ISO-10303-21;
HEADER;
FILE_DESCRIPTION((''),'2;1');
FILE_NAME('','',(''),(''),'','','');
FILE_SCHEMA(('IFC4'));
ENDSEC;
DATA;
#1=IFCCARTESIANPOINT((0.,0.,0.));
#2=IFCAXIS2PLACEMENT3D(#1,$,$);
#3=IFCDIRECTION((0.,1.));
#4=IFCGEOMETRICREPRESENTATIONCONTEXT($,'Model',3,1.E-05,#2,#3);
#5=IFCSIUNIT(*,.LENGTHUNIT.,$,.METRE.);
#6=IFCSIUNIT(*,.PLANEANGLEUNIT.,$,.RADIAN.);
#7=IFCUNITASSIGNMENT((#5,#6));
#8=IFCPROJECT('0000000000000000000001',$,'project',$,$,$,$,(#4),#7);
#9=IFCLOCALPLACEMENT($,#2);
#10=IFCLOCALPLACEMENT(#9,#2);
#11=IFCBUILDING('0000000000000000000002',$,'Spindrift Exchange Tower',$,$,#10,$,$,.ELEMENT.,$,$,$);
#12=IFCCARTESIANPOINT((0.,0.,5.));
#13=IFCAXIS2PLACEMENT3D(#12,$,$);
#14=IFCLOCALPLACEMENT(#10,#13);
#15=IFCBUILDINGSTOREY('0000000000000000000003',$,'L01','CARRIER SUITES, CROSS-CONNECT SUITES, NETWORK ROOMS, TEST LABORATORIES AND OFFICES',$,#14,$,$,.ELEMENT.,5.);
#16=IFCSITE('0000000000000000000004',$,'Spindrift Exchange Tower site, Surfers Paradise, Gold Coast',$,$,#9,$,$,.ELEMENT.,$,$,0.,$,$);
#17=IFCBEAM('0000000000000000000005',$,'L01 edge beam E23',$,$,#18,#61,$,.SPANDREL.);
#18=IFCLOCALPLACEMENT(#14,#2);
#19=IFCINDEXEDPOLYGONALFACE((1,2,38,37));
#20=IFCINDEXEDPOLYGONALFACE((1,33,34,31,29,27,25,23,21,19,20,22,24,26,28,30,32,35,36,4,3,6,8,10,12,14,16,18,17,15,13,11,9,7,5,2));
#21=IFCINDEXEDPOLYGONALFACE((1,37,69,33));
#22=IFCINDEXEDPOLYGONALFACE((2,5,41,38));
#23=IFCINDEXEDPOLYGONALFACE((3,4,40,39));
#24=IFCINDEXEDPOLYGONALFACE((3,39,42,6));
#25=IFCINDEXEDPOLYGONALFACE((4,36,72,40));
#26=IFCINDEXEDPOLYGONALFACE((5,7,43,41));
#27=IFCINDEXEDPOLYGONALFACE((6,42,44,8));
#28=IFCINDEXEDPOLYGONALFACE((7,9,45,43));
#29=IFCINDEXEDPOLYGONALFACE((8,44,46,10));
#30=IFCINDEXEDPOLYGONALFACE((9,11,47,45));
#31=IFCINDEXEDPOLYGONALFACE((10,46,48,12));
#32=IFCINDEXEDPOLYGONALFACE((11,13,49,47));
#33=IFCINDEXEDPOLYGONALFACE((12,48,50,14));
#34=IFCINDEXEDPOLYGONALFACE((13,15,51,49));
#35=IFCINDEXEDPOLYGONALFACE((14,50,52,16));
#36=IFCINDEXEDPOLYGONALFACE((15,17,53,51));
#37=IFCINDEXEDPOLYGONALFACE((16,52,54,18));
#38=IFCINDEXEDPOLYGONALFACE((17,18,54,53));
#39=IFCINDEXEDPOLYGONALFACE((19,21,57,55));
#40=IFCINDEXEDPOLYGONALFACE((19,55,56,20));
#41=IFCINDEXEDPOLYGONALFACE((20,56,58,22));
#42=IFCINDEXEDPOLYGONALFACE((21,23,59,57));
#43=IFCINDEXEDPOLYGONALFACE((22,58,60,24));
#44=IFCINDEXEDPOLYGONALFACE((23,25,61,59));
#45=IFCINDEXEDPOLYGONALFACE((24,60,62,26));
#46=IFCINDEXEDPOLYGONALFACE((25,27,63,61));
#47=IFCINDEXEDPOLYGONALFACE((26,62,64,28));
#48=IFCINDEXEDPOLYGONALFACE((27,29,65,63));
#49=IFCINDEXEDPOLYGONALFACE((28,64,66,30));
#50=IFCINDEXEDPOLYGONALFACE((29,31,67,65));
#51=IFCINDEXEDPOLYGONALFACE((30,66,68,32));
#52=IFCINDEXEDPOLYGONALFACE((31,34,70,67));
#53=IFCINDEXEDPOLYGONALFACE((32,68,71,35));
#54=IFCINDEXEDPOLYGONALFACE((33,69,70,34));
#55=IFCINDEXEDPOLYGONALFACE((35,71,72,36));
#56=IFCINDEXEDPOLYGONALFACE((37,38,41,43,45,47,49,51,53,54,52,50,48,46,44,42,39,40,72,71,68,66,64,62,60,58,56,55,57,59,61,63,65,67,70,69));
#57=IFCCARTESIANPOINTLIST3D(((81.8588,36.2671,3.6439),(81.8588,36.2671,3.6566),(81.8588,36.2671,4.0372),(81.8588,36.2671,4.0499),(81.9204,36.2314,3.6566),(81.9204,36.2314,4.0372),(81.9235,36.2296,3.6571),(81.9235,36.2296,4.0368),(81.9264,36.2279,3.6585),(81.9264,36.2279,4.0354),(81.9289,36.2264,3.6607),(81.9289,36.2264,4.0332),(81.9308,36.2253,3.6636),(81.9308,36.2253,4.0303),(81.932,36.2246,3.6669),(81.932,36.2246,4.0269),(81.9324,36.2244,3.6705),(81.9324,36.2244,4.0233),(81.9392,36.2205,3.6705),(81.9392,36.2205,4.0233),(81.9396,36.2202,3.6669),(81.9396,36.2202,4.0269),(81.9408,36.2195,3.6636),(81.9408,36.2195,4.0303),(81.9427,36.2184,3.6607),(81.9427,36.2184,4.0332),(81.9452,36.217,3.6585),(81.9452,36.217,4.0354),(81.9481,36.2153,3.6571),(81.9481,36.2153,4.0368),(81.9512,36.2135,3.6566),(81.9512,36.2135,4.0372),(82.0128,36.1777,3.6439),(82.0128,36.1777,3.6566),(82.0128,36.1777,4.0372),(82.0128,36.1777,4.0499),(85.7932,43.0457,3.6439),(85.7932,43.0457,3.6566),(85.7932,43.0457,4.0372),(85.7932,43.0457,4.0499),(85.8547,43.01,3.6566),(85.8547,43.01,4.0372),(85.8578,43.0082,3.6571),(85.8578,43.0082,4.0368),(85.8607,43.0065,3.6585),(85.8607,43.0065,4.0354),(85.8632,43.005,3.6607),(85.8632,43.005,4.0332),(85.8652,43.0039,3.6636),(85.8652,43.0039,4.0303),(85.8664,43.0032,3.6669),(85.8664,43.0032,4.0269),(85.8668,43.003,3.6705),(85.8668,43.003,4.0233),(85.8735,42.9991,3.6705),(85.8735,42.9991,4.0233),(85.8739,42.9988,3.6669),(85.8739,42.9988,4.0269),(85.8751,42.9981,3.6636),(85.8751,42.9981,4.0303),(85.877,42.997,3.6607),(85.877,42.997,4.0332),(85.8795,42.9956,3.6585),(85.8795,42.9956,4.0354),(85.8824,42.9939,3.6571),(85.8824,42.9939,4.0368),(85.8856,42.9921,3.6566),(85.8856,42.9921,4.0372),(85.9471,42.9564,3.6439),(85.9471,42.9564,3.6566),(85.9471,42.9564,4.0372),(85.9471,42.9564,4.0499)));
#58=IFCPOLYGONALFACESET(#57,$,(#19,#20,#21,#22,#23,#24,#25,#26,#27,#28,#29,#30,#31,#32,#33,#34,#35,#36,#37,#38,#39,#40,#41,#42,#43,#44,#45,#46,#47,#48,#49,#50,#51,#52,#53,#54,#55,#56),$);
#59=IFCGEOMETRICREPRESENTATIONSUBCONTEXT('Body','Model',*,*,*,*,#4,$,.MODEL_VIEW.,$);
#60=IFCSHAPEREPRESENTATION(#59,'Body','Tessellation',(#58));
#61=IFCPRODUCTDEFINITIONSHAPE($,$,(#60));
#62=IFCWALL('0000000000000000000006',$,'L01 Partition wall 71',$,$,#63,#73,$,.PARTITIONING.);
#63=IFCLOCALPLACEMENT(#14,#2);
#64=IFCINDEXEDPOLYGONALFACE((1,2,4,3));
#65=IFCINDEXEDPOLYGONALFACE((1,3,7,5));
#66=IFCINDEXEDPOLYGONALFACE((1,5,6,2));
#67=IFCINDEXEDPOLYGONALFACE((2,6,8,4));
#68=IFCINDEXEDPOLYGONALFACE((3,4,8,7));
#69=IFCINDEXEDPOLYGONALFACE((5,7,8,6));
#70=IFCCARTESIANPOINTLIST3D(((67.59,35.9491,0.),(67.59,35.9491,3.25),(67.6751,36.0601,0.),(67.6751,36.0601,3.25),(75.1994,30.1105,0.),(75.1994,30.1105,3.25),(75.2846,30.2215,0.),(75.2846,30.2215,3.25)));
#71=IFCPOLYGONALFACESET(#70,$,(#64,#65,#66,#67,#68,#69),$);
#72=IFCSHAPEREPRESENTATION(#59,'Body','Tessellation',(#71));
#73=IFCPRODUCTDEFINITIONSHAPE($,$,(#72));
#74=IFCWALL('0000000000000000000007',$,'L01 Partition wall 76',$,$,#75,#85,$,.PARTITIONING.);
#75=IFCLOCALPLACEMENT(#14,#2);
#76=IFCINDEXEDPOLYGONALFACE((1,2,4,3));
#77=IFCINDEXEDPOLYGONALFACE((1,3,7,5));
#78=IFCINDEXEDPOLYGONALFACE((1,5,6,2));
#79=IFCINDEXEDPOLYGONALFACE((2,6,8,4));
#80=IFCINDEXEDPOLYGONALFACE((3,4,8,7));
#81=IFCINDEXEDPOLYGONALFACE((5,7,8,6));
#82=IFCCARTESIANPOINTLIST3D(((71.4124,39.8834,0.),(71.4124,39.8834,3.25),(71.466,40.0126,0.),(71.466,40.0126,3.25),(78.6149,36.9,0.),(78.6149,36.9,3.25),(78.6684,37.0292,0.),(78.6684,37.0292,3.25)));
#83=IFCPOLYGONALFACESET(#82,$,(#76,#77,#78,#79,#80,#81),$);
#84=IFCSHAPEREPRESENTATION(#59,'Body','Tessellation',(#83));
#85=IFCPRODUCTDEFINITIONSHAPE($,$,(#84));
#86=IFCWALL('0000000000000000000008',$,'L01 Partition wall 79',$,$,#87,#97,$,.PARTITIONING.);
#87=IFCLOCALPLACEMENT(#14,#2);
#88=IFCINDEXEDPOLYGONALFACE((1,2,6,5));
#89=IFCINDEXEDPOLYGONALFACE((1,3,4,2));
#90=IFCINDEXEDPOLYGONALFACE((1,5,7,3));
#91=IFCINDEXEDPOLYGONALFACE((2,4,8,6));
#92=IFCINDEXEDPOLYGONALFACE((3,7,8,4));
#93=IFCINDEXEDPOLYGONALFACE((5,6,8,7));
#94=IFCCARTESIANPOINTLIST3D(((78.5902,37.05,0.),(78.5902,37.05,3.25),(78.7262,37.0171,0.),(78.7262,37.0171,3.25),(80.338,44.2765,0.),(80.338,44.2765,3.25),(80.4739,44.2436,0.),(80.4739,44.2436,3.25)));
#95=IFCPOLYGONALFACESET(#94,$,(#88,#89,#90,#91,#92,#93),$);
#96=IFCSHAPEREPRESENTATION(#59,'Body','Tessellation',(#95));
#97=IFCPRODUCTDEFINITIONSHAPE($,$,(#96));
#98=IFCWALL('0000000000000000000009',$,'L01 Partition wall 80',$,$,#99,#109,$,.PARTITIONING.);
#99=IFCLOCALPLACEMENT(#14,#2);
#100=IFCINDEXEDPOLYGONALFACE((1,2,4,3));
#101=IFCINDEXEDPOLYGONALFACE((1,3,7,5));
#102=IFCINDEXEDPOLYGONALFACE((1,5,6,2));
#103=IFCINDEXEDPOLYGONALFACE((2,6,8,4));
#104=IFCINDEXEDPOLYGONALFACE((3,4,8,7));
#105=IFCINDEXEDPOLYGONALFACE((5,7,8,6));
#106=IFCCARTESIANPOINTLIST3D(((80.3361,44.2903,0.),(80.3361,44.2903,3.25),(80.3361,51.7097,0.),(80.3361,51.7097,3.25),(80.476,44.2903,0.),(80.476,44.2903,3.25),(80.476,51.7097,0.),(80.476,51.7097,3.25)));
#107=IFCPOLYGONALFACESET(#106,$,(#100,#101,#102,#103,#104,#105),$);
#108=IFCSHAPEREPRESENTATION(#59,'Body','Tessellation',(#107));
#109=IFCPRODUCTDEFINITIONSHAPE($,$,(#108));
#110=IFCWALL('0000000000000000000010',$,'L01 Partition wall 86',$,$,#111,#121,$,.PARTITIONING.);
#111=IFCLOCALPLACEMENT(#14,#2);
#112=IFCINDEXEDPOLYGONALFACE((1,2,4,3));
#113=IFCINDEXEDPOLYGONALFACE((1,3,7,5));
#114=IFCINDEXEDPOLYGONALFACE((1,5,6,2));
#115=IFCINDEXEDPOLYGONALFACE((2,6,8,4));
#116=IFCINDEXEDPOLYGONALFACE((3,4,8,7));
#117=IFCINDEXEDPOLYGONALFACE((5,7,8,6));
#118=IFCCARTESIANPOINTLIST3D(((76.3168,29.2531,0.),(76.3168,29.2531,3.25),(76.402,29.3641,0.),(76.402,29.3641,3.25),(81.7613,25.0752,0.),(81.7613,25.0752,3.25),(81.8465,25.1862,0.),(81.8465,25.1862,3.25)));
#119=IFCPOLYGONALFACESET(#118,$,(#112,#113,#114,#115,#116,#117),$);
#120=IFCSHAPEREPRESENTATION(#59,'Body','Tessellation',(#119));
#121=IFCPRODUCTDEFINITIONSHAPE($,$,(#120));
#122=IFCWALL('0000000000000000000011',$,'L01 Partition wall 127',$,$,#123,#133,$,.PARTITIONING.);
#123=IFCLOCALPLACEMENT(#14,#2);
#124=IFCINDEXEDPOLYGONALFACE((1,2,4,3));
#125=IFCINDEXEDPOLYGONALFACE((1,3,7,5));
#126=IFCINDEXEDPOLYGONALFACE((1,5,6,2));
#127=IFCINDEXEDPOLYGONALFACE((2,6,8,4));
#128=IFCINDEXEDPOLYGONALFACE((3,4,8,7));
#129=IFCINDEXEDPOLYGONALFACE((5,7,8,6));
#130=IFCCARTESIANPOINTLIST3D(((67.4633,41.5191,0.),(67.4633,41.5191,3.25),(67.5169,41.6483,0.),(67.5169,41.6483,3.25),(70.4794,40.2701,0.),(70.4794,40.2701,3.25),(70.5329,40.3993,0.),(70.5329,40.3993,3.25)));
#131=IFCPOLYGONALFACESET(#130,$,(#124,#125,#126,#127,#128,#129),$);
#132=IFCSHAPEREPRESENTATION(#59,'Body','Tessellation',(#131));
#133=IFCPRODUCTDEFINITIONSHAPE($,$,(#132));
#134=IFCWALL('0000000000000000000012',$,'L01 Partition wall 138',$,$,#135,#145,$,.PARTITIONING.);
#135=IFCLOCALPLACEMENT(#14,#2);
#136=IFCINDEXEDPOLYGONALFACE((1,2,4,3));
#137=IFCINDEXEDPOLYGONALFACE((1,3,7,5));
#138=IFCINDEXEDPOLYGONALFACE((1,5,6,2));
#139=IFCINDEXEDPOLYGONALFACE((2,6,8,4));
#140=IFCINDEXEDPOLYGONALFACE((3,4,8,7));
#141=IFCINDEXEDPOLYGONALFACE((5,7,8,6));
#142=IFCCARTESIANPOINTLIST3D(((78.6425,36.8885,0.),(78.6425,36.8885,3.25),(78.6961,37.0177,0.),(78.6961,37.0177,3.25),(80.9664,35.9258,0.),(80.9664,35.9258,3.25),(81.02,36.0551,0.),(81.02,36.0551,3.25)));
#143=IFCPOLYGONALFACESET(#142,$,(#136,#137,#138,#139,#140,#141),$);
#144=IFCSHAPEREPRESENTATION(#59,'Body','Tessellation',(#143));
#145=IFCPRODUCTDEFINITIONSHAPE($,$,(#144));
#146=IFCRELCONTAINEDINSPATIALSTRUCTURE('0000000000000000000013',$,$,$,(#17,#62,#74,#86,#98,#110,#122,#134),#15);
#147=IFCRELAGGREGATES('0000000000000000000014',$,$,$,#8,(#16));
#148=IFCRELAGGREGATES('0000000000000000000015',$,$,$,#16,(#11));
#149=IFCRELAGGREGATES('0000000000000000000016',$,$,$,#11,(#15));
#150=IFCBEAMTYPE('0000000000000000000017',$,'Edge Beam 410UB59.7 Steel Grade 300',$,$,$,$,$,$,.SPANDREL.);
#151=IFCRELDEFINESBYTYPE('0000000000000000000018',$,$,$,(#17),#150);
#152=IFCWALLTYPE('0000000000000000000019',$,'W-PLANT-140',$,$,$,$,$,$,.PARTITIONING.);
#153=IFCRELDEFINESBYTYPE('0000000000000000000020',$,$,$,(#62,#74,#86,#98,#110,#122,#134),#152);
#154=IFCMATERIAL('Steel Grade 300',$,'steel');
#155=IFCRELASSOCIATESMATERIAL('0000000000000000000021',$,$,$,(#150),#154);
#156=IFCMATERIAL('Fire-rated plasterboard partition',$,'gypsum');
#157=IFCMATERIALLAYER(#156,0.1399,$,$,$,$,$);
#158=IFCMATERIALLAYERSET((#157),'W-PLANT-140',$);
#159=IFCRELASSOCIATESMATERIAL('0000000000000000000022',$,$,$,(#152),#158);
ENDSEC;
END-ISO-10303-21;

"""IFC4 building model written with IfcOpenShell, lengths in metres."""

from ifc_helpers import new_model, si_unit, direction, frame, frame_2d, origin, origin_2d, place, context, subcontext, project, spatial, rectangle, i_section, extrude, source, transform, mapped, material, layer, layer_set, material_profile, profile_set, type_object, element, save


model = new_model("IFC4")

# Units and contexts
model_context = context("Model", 3, precision=1e-05, world=origin(), true_north=direction((0.0, 1.0)))
body_context = subcontext(model_context, "Body", "Model", "MODEL_VIEW")
ifc_project = project(units=[si_unit("LENGTHUNIT", "METRE"), si_unit("PLANEANGLEUNIT", "RADIAN")], contexts=[model_context])

# Site, building, storey
site_placement = place(None, origin())
site = spatial("IfcSite", under=ifc_project, at=site_placement, Name="Spindrift Exchange Tower site, Surfers Paradise, Gold Coast", CompositionType="ELEMENT", RefElevation=0.0)
building_placement = place(site_placement, origin())
building = spatial("IfcBuilding", under=site, at=building_placement, Name="Spindrift Exchange Tower", CompositionType="ELEMENT")
storey_placement = place(building_placement, frame((0.0, 0.0, 5.0)))
storey = spatial("IfcBuildingStorey", under=building, at=storey_placement, Name="L01", Description="CARRIER SUITES, CROSS-CONNECT SUITES, NETWORK ROOMS, TEST LABORATORIES AND OFFICES", CompositionType="ELEMENT", Elevation=5.0)

# Beam
ifc_material_1 = material(Name="Steel Grade 300", Category="steel")
ifc_material_profile_1 = material_profile(ifc_material_1, i_section(OverallWidth=0.178, OverallDepth=0.406, WebThickness=0.0078, FlangeThickness=0.0127, FilletRadius=0.0139, at=origin_2d()), Name="410UB59.7")
ifc_profile_set_1 = profile_set([ifc_material_profile_1], Name="Steel Grade 300")
beam_type_1 = type_object("IfcBeamType", Name="Edge Beam 410UB59.7 Steel Grade 300", PredefinedType="SPANDREL", material=ifc_profile_set_1)
shared_shape_1 = source(origin(), body_context, "Body", "SweptSolid", [
    extrude(i_section(OverallWidth=0.178, OverallDepth=0.406, WebThickness=0.0078, FlangeThickness=0.0127, FilletRadius=0.0139, at=origin_2d()), origin(), (0.0, 0.0, 1.0), 7.8376),
])
beam_1_placement = place(storey_placement, frame((81.9358, 36.2224, 3.8469), z_axis=(0.501981, 0.864878, 0.0), x_axis=(-0.864878, 0.501981, 0.0)))
element("IfcBeam", 1, at=beam_1_placement, inside=storey, type_object=beam_type_1, Name="L01 edge beam E23", PredefinedType="SPANDREL", context=body_context, shape_type="MappedRepresentation", body=[
    mapped(shared_shape_1, transform((0.0, 0.0, 0.0), scale=1.0)),
])

# Walls
ifc_material_2 = material(Name="Fire-rated plasterboard partition", Category="gypsum")
ifc_layer_1 = layer(ifc_material_2, 0.1399)
ifc_layer_set_1 = layer_set([ifc_layer_1], Name="W-PLANT-140")
wall_type_1 = type_object("IfcWallType", Name="W-PLANT-140", PredefinedType="PARTITIONING", material=ifc_layer_set_1)
wall_1_placement = place(storey_placement, frame((67.6326, 36.0046, 0.0), z_axis=(0.0, 0.0, 1.0), x_axis=(0.793366, -0.608745, 0.0)))
element("IfcWall", 2, at=wall_1_placement, inside=storey, type_object=wall_type_1, Name="L01 Partition wall 71", PredefinedType="PARTITIONING", context=body_context, shape_type="SweptSolid", body=[
    extrude(rectangle(XDim=9.5913, YDim=0.1399, at=frame_2d((4.7957, 0.0))), origin(), (0.0, 0.0, 1.0), 3.25),
])
wall_2_placement = place(storey_placement, frame((71.4392, 39.948, 0.0), z_axis=(0.0, 0.0, 1.0), x_axis=(0.923876, -0.382691, 0.0)))
element("IfcWall", 3, at=wall_2_placement, inside=storey, type_object=wall_type_1, Name="L01 Partition wall 76", PredefinedType="PARTITIONING", context=body_context, shape_type="SweptSolid", body=[
    extrude(rectangle(XDim=7.7959, YDim=0.1399, at=frame_2d((3.8979, 0.0))), origin(), (0.0, 0.0, 1.0), 3.25),
])
wall_3_placement = place(storey_placement, frame((78.6582, 37.0337, 0.0), z_axis=(0.0, 0.0, 1.0), x_axis=(0.23508, 0.971976, 0.0)))
element("IfcWall", 4, at=wall_3_placement, inside=storey, type_object=wall_type_1, Name="L01 Partition wall 79", PredefinedType="PARTITIONING", context=body_context, shape_type="SweptSolid", body=[
    extrude(rectangle(XDim=7.4348, YDim=0.1399, at=frame_2d((3.7173, 0.0))), origin(), (0.0, 0.0, 1.0), 3.25),
])
wall_4_placement = place(storey_placement, frame((80.406, 44.2903, 0.0), z_axis=(0.0, 0.0, 1.0), x_axis=(0.0, 1.0, 0.0)))
element("IfcWall", 5, at=wall_4_placement, inside=storey, type_object=wall_type_1, Name="L01 Partition wall 80", PredefinedType="PARTITIONING", context=body_context, shape_type="SweptSolid", body=[
    extrude(rectangle(XDim=7.4194, YDim=0.1399, at=frame_2d((3.7097, 0.0))), origin(), (0.0, 0.0, 1.0), 3.25),
])
wall_5_placement = place(storey_placement, frame((76.3594, 29.3086, 0.0), z_axis=(0.0, 0.0, 1.0), x_axis=(0.793339, -0.60878, 0.0)))
element("IfcWall", 6, at=wall_5_placement, inside=storey, type_object=wall_type_1, Name="L01 Partition wall 86", PredefinedType="PARTITIONING", context=body_context, shape_type="SweptSolid", body=[
    extrude(rectangle(XDim=6.8628, YDim=0.1399, at=frame_2d((3.4314, 0.0))), origin(), (0.0, 0.0, 1.0), 3.25),
])
wall_6_placement = place(storey_placement, frame((67.49, 41.5837, 0.0), z_axis=(0.0, 0.0, 1.0), x_axis=(0.923911, -0.382607, 0.0)))
element("IfcWall", 7, at=wall_6_placement, inside=storey, type_object=wall_type_1, Name="L01 Partition wall 127", PredefinedType="PARTITIONING", context=body_context, shape_type="SweptSolid", body=[
    extrude(rectangle(XDim=3.2644, YDim=0.1399, at=frame_2d((1.6323, 0.0))), origin(), (0.0, 0.0, 1.0), 3.25),
])
wall_7_placement = place(storey_placement, frame((78.6692, 36.9531, 0.0), z_axis=(0.0, 0.0, 1.0), x_axis=(0.923876, -0.382692, 0.0)))
element("IfcWall", 8, at=wall_7_placement, inside=storey, type_object=wall_type_1, Name="L01 Partition wall 138", PredefinedType="PARTITIONING", context=body_context, shape_type="SweptSolid", body=[
    extrude(rectangle(XDim=2.5154, YDim=0.1399, at=frame_2d((1.2578, 0.0))), origin(), (0.0, 0.0, 1.0), 3.25),
])

save(model, "model.ifc")
